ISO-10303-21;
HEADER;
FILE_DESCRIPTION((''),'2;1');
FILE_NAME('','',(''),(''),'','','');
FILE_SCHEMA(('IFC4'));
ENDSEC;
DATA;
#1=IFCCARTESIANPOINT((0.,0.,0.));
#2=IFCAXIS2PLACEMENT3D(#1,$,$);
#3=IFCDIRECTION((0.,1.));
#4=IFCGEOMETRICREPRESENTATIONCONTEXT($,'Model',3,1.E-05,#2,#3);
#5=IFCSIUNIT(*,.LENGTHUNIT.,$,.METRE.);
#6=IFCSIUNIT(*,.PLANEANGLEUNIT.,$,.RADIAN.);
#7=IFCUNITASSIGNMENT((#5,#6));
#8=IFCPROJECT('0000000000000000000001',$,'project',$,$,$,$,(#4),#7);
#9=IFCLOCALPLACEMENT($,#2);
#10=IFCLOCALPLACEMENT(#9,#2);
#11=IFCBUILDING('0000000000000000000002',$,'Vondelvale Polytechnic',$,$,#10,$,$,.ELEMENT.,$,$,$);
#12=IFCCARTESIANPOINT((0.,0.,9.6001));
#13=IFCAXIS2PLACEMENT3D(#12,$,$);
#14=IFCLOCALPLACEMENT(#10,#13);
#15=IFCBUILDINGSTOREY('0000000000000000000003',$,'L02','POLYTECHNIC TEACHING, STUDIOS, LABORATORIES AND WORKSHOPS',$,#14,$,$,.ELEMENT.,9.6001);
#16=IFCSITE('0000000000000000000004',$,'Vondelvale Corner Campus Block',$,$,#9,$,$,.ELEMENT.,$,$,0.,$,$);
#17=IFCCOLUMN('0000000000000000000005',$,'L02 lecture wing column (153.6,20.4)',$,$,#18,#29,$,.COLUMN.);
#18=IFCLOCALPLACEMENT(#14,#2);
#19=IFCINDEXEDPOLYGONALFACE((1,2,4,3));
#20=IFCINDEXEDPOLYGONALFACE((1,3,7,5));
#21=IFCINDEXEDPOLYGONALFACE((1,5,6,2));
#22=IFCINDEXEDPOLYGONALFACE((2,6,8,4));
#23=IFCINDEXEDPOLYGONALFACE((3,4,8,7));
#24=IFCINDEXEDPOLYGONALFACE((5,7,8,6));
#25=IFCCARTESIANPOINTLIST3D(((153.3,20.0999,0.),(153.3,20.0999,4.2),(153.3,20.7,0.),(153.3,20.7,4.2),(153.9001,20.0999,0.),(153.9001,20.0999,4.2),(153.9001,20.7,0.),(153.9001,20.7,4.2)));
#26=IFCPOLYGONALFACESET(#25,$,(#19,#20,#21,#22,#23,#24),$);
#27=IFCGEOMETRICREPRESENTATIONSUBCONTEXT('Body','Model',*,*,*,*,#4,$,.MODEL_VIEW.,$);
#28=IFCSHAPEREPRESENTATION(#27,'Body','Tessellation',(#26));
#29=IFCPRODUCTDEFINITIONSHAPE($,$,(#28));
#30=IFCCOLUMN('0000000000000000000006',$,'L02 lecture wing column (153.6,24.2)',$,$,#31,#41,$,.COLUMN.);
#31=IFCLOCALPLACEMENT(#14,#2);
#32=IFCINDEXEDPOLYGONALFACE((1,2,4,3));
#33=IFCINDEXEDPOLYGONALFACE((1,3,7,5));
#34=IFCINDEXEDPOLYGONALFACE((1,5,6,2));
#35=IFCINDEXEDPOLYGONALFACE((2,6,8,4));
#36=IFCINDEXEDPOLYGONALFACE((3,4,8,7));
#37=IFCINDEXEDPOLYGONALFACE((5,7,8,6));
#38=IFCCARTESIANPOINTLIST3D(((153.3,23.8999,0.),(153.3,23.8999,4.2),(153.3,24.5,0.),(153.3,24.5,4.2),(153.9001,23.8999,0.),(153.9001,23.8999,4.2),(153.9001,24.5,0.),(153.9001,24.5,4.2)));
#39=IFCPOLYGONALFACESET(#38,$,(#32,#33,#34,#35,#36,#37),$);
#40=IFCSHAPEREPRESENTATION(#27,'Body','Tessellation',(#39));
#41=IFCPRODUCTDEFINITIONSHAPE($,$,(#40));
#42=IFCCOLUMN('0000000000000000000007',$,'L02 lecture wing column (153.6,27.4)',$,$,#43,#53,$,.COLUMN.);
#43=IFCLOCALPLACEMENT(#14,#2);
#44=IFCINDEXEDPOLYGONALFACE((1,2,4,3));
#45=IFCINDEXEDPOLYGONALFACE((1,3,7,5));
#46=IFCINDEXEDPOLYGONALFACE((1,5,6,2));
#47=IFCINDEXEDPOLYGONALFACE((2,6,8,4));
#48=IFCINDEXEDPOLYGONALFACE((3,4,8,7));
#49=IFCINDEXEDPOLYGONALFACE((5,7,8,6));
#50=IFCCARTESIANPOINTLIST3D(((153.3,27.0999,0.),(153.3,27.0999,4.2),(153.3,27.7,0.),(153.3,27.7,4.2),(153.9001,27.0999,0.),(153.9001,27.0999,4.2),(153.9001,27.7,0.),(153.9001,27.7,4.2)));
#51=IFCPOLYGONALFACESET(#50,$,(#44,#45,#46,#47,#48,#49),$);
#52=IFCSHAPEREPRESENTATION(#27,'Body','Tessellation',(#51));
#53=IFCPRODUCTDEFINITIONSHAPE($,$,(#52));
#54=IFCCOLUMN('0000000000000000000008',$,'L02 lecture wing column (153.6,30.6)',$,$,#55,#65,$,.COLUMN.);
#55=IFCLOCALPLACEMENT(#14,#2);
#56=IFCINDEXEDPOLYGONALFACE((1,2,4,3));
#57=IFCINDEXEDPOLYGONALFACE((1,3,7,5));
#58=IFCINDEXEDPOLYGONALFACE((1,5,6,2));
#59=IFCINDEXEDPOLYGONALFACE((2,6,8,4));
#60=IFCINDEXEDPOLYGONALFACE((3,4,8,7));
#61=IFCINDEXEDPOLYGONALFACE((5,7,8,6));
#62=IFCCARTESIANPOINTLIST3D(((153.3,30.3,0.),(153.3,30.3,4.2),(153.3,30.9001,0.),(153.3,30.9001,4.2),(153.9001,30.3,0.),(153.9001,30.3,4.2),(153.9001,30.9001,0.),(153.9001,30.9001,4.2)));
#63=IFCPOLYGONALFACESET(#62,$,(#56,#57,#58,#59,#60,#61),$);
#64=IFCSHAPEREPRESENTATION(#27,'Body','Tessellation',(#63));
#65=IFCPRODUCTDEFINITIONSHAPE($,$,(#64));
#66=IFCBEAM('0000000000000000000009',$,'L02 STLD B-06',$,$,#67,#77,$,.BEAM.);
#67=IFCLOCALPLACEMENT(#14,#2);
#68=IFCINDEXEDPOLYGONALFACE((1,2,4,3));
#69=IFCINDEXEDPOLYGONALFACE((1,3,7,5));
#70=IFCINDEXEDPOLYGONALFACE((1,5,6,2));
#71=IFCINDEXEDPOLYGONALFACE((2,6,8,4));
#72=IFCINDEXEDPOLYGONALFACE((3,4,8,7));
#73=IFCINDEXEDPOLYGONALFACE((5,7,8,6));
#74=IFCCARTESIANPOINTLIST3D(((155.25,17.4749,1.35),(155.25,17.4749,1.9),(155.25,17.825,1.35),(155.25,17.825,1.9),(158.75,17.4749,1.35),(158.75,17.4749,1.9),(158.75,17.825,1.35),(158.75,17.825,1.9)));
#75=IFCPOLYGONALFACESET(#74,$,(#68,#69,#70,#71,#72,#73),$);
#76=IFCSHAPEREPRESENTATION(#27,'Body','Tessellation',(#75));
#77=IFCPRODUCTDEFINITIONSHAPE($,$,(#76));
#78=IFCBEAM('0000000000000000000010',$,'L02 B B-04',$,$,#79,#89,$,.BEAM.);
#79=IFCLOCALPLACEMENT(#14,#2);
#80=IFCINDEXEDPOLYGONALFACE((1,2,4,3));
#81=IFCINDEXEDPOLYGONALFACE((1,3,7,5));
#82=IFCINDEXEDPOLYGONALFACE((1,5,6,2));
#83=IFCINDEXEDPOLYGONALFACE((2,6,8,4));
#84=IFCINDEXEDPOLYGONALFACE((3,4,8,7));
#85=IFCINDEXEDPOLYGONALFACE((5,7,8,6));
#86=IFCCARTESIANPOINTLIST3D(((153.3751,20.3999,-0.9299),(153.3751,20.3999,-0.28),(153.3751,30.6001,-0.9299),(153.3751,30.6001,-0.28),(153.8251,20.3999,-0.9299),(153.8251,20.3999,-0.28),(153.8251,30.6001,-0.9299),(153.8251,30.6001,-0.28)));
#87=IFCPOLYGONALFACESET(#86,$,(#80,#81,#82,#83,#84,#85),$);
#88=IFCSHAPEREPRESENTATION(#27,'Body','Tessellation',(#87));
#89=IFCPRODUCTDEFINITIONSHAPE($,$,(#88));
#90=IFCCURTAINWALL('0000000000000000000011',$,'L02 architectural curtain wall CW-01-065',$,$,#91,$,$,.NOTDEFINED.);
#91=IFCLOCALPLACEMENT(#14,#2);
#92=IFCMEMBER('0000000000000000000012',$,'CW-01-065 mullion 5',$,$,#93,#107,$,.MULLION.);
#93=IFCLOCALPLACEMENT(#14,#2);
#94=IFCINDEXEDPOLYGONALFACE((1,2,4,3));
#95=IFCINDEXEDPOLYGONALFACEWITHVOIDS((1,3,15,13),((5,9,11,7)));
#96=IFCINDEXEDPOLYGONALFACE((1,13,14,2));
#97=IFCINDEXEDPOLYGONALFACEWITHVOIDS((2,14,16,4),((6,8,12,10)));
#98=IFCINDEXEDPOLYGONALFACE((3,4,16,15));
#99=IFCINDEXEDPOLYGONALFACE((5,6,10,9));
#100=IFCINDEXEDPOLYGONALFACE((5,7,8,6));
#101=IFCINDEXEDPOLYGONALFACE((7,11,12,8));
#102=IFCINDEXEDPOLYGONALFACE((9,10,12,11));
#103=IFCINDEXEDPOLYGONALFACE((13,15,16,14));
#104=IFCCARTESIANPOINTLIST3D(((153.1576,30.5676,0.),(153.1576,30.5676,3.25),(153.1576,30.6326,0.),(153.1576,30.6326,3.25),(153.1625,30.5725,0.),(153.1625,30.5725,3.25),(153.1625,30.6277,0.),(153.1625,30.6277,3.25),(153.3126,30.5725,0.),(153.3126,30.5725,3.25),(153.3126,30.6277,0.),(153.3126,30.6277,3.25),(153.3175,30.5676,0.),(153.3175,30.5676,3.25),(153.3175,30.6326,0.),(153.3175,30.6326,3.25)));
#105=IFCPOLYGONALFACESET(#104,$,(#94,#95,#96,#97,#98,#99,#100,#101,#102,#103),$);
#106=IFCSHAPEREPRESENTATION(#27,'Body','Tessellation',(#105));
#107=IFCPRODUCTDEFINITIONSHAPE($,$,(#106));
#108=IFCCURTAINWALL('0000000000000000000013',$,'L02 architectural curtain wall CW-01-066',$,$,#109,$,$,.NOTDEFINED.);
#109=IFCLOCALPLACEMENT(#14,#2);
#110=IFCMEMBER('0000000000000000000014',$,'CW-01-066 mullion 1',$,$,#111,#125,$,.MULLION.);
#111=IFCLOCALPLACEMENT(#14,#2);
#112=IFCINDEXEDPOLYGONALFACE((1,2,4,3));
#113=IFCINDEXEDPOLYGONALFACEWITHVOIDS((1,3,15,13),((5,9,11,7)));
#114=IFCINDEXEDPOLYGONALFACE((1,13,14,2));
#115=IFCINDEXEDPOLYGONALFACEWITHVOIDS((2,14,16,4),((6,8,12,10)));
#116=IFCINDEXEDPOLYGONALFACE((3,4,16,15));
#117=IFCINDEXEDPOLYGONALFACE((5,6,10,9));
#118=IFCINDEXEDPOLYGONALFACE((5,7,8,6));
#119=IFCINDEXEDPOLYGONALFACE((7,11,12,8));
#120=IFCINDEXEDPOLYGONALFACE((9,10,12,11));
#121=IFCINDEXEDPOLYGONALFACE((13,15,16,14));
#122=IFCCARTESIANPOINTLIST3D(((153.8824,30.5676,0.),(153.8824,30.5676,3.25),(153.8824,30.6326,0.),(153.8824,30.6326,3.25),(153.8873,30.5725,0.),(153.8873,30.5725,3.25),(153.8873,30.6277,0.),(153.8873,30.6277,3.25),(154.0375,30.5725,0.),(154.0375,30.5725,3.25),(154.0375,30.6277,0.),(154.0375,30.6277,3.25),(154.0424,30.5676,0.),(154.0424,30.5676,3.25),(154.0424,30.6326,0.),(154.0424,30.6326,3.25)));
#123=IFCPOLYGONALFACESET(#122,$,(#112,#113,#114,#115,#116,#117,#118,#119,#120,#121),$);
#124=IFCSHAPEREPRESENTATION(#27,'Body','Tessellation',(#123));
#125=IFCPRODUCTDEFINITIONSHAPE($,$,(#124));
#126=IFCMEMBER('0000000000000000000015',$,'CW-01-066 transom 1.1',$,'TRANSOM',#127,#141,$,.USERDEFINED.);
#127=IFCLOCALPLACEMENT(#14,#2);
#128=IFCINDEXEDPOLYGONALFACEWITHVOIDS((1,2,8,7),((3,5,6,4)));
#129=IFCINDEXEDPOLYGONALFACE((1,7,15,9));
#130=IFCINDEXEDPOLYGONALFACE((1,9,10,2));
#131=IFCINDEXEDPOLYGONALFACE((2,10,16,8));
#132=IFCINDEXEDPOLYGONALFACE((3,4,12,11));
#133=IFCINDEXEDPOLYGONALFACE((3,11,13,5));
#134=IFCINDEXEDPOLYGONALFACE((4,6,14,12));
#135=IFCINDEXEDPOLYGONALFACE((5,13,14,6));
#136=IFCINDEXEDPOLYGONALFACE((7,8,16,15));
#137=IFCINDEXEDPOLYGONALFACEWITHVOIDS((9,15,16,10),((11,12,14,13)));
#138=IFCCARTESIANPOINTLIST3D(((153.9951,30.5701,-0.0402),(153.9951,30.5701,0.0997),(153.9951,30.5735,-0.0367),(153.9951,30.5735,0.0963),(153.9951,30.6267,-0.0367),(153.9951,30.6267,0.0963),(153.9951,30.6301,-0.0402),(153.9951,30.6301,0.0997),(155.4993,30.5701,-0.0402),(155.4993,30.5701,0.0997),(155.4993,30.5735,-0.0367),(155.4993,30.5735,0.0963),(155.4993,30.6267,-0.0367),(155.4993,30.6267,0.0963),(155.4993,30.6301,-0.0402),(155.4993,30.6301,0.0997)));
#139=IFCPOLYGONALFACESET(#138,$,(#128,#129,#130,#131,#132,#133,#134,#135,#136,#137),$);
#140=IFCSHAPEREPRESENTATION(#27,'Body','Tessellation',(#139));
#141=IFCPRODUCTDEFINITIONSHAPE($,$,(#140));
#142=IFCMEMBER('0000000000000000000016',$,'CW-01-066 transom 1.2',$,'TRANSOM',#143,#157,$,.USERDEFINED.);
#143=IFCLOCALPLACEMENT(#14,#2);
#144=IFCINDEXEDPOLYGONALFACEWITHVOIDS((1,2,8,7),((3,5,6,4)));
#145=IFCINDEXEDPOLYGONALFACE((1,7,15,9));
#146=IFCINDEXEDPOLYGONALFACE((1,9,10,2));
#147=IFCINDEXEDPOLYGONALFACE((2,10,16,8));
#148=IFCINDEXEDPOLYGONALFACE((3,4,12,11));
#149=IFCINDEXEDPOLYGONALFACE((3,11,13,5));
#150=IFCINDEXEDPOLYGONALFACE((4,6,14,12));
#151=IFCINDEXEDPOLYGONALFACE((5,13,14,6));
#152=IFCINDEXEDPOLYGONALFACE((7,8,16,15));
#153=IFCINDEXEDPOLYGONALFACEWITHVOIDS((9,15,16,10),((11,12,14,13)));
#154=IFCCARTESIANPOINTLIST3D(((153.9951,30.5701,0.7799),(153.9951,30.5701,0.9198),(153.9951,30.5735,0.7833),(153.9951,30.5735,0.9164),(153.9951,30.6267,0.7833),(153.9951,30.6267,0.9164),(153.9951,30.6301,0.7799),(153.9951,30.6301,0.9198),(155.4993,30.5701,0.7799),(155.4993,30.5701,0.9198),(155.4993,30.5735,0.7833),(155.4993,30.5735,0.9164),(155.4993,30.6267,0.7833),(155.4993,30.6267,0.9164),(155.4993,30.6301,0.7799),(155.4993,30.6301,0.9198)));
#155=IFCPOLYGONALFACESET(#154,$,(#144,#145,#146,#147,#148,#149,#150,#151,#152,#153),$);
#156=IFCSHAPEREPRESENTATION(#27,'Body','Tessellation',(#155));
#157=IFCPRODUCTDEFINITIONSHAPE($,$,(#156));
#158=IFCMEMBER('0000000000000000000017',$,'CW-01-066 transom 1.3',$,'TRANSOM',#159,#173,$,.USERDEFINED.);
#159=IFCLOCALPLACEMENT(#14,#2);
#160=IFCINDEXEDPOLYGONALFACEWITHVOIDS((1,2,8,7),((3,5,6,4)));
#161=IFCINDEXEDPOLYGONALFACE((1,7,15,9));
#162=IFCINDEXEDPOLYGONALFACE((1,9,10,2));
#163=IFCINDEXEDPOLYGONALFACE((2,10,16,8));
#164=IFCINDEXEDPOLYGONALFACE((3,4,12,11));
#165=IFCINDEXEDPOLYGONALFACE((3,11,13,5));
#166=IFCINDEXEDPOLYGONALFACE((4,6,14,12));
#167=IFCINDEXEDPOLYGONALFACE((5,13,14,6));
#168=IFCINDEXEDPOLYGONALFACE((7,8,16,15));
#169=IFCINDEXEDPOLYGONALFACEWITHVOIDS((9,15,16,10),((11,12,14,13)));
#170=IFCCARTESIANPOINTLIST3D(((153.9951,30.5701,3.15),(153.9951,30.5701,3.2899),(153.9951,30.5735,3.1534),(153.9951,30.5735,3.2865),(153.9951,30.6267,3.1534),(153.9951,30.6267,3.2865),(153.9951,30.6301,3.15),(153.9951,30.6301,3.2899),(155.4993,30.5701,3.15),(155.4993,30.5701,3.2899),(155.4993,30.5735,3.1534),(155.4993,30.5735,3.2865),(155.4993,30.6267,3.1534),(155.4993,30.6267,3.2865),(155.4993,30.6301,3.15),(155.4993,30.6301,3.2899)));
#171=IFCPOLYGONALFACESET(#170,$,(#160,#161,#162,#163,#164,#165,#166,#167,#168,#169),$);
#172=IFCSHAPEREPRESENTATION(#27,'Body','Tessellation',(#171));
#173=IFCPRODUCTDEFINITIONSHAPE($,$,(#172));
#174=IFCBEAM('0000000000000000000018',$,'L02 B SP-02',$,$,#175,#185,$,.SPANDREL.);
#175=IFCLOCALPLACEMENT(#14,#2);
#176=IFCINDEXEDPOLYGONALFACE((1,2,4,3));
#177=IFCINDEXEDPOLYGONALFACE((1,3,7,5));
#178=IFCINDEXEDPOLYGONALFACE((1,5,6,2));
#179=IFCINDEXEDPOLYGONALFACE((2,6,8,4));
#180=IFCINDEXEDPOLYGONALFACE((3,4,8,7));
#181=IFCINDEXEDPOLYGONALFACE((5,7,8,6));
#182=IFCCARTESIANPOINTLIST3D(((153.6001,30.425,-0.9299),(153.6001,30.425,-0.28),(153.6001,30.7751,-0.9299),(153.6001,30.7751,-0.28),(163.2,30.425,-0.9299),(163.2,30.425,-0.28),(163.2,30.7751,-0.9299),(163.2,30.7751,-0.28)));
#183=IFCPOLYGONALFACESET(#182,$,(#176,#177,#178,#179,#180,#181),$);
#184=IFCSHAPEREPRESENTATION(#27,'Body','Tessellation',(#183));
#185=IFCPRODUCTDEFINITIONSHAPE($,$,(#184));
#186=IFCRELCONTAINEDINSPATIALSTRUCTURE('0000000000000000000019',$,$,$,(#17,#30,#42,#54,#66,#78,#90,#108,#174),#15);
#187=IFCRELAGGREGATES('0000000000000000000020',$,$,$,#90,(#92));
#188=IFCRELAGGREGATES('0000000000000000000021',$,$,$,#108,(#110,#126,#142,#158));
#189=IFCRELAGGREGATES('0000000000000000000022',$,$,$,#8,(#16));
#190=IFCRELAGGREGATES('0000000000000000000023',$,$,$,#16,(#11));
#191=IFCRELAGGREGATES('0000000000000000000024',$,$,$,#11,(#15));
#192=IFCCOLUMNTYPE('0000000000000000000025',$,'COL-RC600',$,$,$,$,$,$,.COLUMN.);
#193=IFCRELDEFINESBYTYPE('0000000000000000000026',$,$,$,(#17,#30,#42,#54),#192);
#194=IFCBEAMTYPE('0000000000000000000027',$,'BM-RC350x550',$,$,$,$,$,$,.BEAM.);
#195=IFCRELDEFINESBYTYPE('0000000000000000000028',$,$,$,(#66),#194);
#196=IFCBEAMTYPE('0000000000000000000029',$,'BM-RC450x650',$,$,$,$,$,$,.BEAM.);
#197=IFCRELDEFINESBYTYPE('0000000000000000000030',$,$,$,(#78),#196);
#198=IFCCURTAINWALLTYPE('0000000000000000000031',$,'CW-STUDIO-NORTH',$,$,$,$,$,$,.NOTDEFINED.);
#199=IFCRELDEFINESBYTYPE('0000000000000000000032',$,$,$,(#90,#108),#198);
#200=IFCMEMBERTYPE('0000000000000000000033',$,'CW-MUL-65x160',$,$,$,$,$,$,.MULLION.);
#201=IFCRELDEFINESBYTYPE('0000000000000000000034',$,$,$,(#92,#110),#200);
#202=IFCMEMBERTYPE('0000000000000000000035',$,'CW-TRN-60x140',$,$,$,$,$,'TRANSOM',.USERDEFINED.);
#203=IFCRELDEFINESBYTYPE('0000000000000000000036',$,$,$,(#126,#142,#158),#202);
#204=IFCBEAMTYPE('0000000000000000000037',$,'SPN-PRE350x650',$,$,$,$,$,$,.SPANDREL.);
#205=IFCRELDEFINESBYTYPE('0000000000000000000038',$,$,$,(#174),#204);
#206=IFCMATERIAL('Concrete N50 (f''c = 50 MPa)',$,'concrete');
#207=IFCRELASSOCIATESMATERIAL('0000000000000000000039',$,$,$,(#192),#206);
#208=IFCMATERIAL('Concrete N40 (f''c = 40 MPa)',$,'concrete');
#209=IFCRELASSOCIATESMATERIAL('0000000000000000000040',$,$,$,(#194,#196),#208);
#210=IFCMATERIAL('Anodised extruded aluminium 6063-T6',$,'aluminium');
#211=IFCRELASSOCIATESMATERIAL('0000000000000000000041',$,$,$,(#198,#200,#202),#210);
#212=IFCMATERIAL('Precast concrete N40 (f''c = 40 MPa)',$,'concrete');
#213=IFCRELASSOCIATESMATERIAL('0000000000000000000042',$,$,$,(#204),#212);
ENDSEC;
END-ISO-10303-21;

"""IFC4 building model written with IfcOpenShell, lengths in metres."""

from ifc_helpers import new_model, si_unit, direction, frame, origin, origin_2d, place, context, subcontext, project, spatial, rectangle, hollow_rectangle, extrude, material, material_profile, profile_set, type_object, element, aggregate, save


model = new_model("IFC4")

# Units and contexts
model_context = context("Model", 3, precision=1e-05, world=origin(), true_north=direction((0.0, 1.0)))
body_context = subcontext(model_context, "Body", "Model", "MODEL_VIEW")
ifc_project = project(units=[si_unit("LENGTHUNIT", "METRE"), si_unit("PLANEANGLEUNIT", "RADIAN")], contexts=[model_context])

# Site, building, storey
site_placement = place(None, origin())
site = spatial("IfcSite", under=ifc_project, at=site_placement, Name="Vondelvale Corner Campus Block", CompositionType="ELEMENT", RefElevation=0.0)
building_placement = place(site_placement, origin())
building = spatial("IfcBuilding", under=site, at=building_placement, Name="Vondelvale Polytechnic", CompositionType="ELEMENT")
storey_placement = place(building_placement, frame((0.0, 0.0, 9.6001)))
storey = spatial("IfcBuildingStorey", under=building, at=storey_placement, Name="L02", Description="POLYTECHNIC TEACHING, STUDIOS, LABORATORIES AND WORKSHOPS", CompositionType="ELEMENT", Elevation=9.6001)

# Columns
ifc_material_1 = material(Name="Concrete N50 (f'c = 50 MPa)", Category="concrete")
ifc_material_profile_1 = material_profile(ifc_material_1, rectangle(XDim=0.6001, YDim=0.6001, at=origin_2d()), Name="RC-COL-600x600")
ifc_profile_set_1 = profile_set([ifc_material_profile_1], Name="Concrete N50 (f'c = 50 MPa)")
column_type = type_object("IfcColumnType", Name="COL-RC600", PredefinedType="COLUMN", material=ifc_profile_set_1)
for number, where, z_axis, x_axis, name in (
    (1, (153.6001, 20.3999, 0.0), (0.0, 0.0, 1.0), (1.0, 0.0, 0.0), "L02 lecture wing column (153.6,20.4)"),
    (2, (153.6001, 24.2, 0.0), (0.0, 0.0, 1.0), (1.0, 0.0, 0.0), "L02 lecture wing column (153.6,24.2)"),
    (3, (153.6001, 27.3999, 0.0), (0.0, 0.0, 1.0), (1.0, 0.0, 0.0), "L02 lecture wing column (153.6,27.4)"),
    (4, (153.6001, 30.6001, 0.0), (0.0, 0.0, 1.0), (1.0, 0.0, 0.0), "L02 lecture wing column (153.6,30.6)"),
):
    element("IfcColumn", number, at=place(storey_placement, frame(where, z_axis=z_axis, x_axis=x_axis)), inside=storey, type_object=column_type, Name=name, PredefinedType="COLUMN", context=body_context, shape_type="SweptSolid", body=[
        extrude(rectangle(XDim=0.6001, YDim=0.6001, at=origin_2d()), origin(), (0.0, 0.0, 1.0), 4.2),
    ])

# Beams
ifc_material_2 = material(Name="Concrete N40 (f'c = 40 MPa)", Category="concrete")
ifc_material_profile_2 = material_profile(ifc_material_2, rectangle(XDim=0.3501, YDim=0.55, at=origin_2d()), Name="RC-BM-350x550")
ifc_profile_set_2 = profile_set([ifc_material_profile_2], Name="Concrete N40 (f'c = 40 MPa)")
beam_type_1 = type_object("IfcBeamType", Name="BM-RC350x550", PredefinedType="BEAM", material=ifc_profile_set_2)
beam_1_placement = place(storey_placement, frame((158.75, 17.6499, 1.625), z_axis=(-1.0, 0.0, 0.0), x_axis=(0.0, -1.0, 0.0)))
element("IfcBeam", 5, at=beam_1_placement, inside=storey, type_object=beam_type_1, Name="L02 STLD B-06", PredefinedType="BEAM", context=body_context, shape_type="SweptSolid", body=[
    extrude(rectangle(XDim=0.3501, YDim=0.55, at=origin_2d()), origin(), (0.0, 0.0, 1.0), 3.5),
])
ifc_material_profile_3 = material_profile(ifc_material_2, rectangle(XDim=0.45, YDim=0.6499, at=origin_2d()), Name="RC-BM-450x650")
ifc_profile_set_3 = profile_set([ifc_material_profile_3], Name="Concrete N40 (f'c = 40 MPa)")
beam_type_2 = type_object("IfcBeamType", Name="BM-RC450x650", PredefinedType="BEAM", material=ifc_profile_set_3)
beam_2_placement = place(storey_placement, frame((153.6001, 20.3999, -0.605), z_axis=(0.0, 1.0, 0.0), x_axis=(-1.0, 0.0, 0.0)))
element("IfcBeam", 6, at=beam_2_placement, inside=storey, type_object=beam_type_2, Name="L02 B B-04", PredefinedType="BEAM", context=body_context, shape_type="SweptSolid", body=[
    extrude(rectangle(XDim=0.45, YDim=0.6499, at=origin_2d()), origin(), (0.0, 0.0, 1.0), 10.2002),
])

# Curtain wall, member
ifc_material_3 = material(Name="Anodised extruded aluminium 6063-T6", Category="aluminium")
curtain_wall_type = type_object("IfcCurtainWallType", Name="CW-STUDIO-NORTH", PredefinedType="NOTDEFINED", material=ifc_material_3)
curtain_wall_1_placement = place(storey_placement, origin())
curtain_wall_1 = element("IfcCurtainWall", 7, at=curtain_wall_1_placement, inside=storey, type_object=curtain_wall_type, Name="L02 architectural curtain wall CW-01-065", PredefinedType="NOTDEFINED")
ifc_material_profile_4 = material_profile(ifc_material_3, hollow_rectangle(XDim=0.0649, YDim=0.1599, WallThickness=0.0049, at=origin_2d()), Name="CW-MUL-160x65")
ifc_profile_set_4 = profile_set([ifc_material_profile_4], Name="Anodised extruded aluminium 6063-T6")
member_type_1 = type_object("IfcMemberType", Name="CW-MUL-65x160", PredefinedType="MULLION", material=ifc_profile_set_4)
member_1_placement = place(storey_placement, frame((153.2375, 30.6001, 0.0), z_axis=(0.0, 0.0, 1.0), x_axis=(0.0, 1.0, 0.0)))
member_1 = element("IfcMember", 8, at=member_1_placement, type_object=member_type_1, Name="CW-01-065 mullion 5", PredefinedType="MULLION", context=body_context, shape_type="SweptSolid", body=[
    extrude(hollow_rectangle(XDim=0.0649, YDim=0.1599, WallThickness=0.0049, at=origin_2d()), origin(), (0.0, 0.0, 1.0), 3.25),
])
aggregate(curtain_wall_1, [member_1])

# Curtain wall, members
curtain_wall_2_placement = place(storey_placement, origin())
curtain_wall_2 = element("IfcCurtainWall", 9, at=curtain_wall_2_placement, inside=storey, type_object=curtain_wall_type, Name="L02 architectural curtain wall CW-01-066", PredefinedType="NOTDEFINED")
member_2_placement = place(storey_placement, frame((153.9624, 30.6001, 0.0), z_axis=(0.0, 0.0, 1.0), x_axis=(0.0, 1.0, 0.0)))
member_2 = element("IfcMember", 10, at=member_2_placement, type_object=member_type_1, Name="CW-01-066 mullion 1", PredefinedType="MULLION", context=body_context, shape_type="SweptSolid", body=[
    extrude(hollow_rectangle(XDim=0.0649, YDim=0.1599, WallThickness=0.0049, at=origin_2d()), origin(), (0.0, 0.0, 1.0), 3.25),
])
ifc_material_profile_5 = material_profile(ifc_material_3, hollow_rectangle(XDim=0.0601, YDim=0.1399, WallThickness=0.0034, at=origin_2d()), Name="CW-TRN-140x60")
ifc_profile_set_5 = profile_set([ifc_material_profile_5], Name="Anodised extruded aluminium 6063-T6")
member_type_2 = type_object("IfcMemberType", Name="CW-TRN-60x140", ElementType="TRANSOM", PredefinedType="USERDEFINED", material=ifc_profile_set_5)
member_3_placement = place(storey_placement, frame((153.9951, 30.6001, 0.0298), z_axis=(1.0, 0.0, 0.0), x_axis=(0.0, 1.0, 0.0)))
member_3 = element("IfcMember", 11, at=member_3_placement, type_object=member_type_2, Name="CW-01-066 transom 1.1", ObjectType="TRANSOM", PredefinedType="USERDEFINED", context=body_context, shape_type="SweptSolid", body=[
    extrude(hollow_rectangle(XDim=0.0601, YDim=0.1399, WallThickness=0.0034, at=origin_2d()), origin(), (0.0, 0.0, 1.0), 1.5042),
])
member_4_placement = place(storey_placement, frame((153.9951, 30.6001, 0.8499), z_axis=(1.0, 0.0, 0.0), x_axis=(0.0, 1.0, 0.0)))
member_4 = element("IfcMember", 12, at=member_4_placement, type_object=member_type_2, Name="CW-01-066 transom 1.2", ObjectType="TRANSOM", PredefinedType="USERDEFINED", context=body_context, shape_type="SweptSolid", body=[
    extrude(hollow_rectangle(XDim=0.0601, YDim=0.1399, WallThickness=0.0034, at=origin_2d()), origin(), (0.0, 0.0, 1.0), 1.5042),
])
member_5_placement = place(storey_placement, frame((153.9951, 30.6001, 3.22), z_axis=(1.0, 0.0, 0.0), x_axis=(0.0, 1.0, 0.0)))
member_5 = element("IfcMember", 13, at=member_5_placement, type_object=member_type_2, Name="CW-01-066 transom 1.3", ObjectType="TRANSOM", PredefinedType="USERDEFINED", context=body_context, shape_type="SweptSolid", body=[
    extrude(hollow_rectangle(XDim=0.0601, YDim=0.1399, WallThickness=0.0034, at=origin_2d()), origin(), (0.0, 0.0, 1.0), 1.5042),
])

# Beam
ifc_material_4 = material(Name="Precast concrete N40 (f'c = 40 MPa)", Category="concrete")
ifc_material_profile_6 = material_profile(ifc_material_4, rectangle(XDim=0.3501, YDim=0.6499, at=origin_2d()), Name="RC-SPN-350x650")
ifc_profile_set_6 = profile_set([ifc_material_profile_6], Name="Precast concrete N40 (f'c = 40 MPa)")
beam_type_3 = type_object("IfcBeamType", Name="SPN-PRE350x650", PredefinedType="SPANDREL", material=ifc_profile_set_6)
beam_3_placement = place(storey_placement, frame((153.6001, 30.6001, -0.605), z_axis=(1.0, 0.0, 0.0), x_axis=(0.0, 1.0, 0.0)))
element("IfcBeam", 14, at=beam_3_placement, inside=storey, type_object=beam_type_3, Name="L02 B SP-02", PredefinedType="SPANDREL", context=body_context, shape_type="SweptSolid", body=[
    extrude(rectangle(XDim=0.3501, YDim=0.6499, at=origin_2d()), origin(), (0.0, 0.0, 1.0), 9.5999),
])

aggregate(curtain_wall_2, [member_2, member_3, member_4, member_5])

save(model, "model.ifc")
